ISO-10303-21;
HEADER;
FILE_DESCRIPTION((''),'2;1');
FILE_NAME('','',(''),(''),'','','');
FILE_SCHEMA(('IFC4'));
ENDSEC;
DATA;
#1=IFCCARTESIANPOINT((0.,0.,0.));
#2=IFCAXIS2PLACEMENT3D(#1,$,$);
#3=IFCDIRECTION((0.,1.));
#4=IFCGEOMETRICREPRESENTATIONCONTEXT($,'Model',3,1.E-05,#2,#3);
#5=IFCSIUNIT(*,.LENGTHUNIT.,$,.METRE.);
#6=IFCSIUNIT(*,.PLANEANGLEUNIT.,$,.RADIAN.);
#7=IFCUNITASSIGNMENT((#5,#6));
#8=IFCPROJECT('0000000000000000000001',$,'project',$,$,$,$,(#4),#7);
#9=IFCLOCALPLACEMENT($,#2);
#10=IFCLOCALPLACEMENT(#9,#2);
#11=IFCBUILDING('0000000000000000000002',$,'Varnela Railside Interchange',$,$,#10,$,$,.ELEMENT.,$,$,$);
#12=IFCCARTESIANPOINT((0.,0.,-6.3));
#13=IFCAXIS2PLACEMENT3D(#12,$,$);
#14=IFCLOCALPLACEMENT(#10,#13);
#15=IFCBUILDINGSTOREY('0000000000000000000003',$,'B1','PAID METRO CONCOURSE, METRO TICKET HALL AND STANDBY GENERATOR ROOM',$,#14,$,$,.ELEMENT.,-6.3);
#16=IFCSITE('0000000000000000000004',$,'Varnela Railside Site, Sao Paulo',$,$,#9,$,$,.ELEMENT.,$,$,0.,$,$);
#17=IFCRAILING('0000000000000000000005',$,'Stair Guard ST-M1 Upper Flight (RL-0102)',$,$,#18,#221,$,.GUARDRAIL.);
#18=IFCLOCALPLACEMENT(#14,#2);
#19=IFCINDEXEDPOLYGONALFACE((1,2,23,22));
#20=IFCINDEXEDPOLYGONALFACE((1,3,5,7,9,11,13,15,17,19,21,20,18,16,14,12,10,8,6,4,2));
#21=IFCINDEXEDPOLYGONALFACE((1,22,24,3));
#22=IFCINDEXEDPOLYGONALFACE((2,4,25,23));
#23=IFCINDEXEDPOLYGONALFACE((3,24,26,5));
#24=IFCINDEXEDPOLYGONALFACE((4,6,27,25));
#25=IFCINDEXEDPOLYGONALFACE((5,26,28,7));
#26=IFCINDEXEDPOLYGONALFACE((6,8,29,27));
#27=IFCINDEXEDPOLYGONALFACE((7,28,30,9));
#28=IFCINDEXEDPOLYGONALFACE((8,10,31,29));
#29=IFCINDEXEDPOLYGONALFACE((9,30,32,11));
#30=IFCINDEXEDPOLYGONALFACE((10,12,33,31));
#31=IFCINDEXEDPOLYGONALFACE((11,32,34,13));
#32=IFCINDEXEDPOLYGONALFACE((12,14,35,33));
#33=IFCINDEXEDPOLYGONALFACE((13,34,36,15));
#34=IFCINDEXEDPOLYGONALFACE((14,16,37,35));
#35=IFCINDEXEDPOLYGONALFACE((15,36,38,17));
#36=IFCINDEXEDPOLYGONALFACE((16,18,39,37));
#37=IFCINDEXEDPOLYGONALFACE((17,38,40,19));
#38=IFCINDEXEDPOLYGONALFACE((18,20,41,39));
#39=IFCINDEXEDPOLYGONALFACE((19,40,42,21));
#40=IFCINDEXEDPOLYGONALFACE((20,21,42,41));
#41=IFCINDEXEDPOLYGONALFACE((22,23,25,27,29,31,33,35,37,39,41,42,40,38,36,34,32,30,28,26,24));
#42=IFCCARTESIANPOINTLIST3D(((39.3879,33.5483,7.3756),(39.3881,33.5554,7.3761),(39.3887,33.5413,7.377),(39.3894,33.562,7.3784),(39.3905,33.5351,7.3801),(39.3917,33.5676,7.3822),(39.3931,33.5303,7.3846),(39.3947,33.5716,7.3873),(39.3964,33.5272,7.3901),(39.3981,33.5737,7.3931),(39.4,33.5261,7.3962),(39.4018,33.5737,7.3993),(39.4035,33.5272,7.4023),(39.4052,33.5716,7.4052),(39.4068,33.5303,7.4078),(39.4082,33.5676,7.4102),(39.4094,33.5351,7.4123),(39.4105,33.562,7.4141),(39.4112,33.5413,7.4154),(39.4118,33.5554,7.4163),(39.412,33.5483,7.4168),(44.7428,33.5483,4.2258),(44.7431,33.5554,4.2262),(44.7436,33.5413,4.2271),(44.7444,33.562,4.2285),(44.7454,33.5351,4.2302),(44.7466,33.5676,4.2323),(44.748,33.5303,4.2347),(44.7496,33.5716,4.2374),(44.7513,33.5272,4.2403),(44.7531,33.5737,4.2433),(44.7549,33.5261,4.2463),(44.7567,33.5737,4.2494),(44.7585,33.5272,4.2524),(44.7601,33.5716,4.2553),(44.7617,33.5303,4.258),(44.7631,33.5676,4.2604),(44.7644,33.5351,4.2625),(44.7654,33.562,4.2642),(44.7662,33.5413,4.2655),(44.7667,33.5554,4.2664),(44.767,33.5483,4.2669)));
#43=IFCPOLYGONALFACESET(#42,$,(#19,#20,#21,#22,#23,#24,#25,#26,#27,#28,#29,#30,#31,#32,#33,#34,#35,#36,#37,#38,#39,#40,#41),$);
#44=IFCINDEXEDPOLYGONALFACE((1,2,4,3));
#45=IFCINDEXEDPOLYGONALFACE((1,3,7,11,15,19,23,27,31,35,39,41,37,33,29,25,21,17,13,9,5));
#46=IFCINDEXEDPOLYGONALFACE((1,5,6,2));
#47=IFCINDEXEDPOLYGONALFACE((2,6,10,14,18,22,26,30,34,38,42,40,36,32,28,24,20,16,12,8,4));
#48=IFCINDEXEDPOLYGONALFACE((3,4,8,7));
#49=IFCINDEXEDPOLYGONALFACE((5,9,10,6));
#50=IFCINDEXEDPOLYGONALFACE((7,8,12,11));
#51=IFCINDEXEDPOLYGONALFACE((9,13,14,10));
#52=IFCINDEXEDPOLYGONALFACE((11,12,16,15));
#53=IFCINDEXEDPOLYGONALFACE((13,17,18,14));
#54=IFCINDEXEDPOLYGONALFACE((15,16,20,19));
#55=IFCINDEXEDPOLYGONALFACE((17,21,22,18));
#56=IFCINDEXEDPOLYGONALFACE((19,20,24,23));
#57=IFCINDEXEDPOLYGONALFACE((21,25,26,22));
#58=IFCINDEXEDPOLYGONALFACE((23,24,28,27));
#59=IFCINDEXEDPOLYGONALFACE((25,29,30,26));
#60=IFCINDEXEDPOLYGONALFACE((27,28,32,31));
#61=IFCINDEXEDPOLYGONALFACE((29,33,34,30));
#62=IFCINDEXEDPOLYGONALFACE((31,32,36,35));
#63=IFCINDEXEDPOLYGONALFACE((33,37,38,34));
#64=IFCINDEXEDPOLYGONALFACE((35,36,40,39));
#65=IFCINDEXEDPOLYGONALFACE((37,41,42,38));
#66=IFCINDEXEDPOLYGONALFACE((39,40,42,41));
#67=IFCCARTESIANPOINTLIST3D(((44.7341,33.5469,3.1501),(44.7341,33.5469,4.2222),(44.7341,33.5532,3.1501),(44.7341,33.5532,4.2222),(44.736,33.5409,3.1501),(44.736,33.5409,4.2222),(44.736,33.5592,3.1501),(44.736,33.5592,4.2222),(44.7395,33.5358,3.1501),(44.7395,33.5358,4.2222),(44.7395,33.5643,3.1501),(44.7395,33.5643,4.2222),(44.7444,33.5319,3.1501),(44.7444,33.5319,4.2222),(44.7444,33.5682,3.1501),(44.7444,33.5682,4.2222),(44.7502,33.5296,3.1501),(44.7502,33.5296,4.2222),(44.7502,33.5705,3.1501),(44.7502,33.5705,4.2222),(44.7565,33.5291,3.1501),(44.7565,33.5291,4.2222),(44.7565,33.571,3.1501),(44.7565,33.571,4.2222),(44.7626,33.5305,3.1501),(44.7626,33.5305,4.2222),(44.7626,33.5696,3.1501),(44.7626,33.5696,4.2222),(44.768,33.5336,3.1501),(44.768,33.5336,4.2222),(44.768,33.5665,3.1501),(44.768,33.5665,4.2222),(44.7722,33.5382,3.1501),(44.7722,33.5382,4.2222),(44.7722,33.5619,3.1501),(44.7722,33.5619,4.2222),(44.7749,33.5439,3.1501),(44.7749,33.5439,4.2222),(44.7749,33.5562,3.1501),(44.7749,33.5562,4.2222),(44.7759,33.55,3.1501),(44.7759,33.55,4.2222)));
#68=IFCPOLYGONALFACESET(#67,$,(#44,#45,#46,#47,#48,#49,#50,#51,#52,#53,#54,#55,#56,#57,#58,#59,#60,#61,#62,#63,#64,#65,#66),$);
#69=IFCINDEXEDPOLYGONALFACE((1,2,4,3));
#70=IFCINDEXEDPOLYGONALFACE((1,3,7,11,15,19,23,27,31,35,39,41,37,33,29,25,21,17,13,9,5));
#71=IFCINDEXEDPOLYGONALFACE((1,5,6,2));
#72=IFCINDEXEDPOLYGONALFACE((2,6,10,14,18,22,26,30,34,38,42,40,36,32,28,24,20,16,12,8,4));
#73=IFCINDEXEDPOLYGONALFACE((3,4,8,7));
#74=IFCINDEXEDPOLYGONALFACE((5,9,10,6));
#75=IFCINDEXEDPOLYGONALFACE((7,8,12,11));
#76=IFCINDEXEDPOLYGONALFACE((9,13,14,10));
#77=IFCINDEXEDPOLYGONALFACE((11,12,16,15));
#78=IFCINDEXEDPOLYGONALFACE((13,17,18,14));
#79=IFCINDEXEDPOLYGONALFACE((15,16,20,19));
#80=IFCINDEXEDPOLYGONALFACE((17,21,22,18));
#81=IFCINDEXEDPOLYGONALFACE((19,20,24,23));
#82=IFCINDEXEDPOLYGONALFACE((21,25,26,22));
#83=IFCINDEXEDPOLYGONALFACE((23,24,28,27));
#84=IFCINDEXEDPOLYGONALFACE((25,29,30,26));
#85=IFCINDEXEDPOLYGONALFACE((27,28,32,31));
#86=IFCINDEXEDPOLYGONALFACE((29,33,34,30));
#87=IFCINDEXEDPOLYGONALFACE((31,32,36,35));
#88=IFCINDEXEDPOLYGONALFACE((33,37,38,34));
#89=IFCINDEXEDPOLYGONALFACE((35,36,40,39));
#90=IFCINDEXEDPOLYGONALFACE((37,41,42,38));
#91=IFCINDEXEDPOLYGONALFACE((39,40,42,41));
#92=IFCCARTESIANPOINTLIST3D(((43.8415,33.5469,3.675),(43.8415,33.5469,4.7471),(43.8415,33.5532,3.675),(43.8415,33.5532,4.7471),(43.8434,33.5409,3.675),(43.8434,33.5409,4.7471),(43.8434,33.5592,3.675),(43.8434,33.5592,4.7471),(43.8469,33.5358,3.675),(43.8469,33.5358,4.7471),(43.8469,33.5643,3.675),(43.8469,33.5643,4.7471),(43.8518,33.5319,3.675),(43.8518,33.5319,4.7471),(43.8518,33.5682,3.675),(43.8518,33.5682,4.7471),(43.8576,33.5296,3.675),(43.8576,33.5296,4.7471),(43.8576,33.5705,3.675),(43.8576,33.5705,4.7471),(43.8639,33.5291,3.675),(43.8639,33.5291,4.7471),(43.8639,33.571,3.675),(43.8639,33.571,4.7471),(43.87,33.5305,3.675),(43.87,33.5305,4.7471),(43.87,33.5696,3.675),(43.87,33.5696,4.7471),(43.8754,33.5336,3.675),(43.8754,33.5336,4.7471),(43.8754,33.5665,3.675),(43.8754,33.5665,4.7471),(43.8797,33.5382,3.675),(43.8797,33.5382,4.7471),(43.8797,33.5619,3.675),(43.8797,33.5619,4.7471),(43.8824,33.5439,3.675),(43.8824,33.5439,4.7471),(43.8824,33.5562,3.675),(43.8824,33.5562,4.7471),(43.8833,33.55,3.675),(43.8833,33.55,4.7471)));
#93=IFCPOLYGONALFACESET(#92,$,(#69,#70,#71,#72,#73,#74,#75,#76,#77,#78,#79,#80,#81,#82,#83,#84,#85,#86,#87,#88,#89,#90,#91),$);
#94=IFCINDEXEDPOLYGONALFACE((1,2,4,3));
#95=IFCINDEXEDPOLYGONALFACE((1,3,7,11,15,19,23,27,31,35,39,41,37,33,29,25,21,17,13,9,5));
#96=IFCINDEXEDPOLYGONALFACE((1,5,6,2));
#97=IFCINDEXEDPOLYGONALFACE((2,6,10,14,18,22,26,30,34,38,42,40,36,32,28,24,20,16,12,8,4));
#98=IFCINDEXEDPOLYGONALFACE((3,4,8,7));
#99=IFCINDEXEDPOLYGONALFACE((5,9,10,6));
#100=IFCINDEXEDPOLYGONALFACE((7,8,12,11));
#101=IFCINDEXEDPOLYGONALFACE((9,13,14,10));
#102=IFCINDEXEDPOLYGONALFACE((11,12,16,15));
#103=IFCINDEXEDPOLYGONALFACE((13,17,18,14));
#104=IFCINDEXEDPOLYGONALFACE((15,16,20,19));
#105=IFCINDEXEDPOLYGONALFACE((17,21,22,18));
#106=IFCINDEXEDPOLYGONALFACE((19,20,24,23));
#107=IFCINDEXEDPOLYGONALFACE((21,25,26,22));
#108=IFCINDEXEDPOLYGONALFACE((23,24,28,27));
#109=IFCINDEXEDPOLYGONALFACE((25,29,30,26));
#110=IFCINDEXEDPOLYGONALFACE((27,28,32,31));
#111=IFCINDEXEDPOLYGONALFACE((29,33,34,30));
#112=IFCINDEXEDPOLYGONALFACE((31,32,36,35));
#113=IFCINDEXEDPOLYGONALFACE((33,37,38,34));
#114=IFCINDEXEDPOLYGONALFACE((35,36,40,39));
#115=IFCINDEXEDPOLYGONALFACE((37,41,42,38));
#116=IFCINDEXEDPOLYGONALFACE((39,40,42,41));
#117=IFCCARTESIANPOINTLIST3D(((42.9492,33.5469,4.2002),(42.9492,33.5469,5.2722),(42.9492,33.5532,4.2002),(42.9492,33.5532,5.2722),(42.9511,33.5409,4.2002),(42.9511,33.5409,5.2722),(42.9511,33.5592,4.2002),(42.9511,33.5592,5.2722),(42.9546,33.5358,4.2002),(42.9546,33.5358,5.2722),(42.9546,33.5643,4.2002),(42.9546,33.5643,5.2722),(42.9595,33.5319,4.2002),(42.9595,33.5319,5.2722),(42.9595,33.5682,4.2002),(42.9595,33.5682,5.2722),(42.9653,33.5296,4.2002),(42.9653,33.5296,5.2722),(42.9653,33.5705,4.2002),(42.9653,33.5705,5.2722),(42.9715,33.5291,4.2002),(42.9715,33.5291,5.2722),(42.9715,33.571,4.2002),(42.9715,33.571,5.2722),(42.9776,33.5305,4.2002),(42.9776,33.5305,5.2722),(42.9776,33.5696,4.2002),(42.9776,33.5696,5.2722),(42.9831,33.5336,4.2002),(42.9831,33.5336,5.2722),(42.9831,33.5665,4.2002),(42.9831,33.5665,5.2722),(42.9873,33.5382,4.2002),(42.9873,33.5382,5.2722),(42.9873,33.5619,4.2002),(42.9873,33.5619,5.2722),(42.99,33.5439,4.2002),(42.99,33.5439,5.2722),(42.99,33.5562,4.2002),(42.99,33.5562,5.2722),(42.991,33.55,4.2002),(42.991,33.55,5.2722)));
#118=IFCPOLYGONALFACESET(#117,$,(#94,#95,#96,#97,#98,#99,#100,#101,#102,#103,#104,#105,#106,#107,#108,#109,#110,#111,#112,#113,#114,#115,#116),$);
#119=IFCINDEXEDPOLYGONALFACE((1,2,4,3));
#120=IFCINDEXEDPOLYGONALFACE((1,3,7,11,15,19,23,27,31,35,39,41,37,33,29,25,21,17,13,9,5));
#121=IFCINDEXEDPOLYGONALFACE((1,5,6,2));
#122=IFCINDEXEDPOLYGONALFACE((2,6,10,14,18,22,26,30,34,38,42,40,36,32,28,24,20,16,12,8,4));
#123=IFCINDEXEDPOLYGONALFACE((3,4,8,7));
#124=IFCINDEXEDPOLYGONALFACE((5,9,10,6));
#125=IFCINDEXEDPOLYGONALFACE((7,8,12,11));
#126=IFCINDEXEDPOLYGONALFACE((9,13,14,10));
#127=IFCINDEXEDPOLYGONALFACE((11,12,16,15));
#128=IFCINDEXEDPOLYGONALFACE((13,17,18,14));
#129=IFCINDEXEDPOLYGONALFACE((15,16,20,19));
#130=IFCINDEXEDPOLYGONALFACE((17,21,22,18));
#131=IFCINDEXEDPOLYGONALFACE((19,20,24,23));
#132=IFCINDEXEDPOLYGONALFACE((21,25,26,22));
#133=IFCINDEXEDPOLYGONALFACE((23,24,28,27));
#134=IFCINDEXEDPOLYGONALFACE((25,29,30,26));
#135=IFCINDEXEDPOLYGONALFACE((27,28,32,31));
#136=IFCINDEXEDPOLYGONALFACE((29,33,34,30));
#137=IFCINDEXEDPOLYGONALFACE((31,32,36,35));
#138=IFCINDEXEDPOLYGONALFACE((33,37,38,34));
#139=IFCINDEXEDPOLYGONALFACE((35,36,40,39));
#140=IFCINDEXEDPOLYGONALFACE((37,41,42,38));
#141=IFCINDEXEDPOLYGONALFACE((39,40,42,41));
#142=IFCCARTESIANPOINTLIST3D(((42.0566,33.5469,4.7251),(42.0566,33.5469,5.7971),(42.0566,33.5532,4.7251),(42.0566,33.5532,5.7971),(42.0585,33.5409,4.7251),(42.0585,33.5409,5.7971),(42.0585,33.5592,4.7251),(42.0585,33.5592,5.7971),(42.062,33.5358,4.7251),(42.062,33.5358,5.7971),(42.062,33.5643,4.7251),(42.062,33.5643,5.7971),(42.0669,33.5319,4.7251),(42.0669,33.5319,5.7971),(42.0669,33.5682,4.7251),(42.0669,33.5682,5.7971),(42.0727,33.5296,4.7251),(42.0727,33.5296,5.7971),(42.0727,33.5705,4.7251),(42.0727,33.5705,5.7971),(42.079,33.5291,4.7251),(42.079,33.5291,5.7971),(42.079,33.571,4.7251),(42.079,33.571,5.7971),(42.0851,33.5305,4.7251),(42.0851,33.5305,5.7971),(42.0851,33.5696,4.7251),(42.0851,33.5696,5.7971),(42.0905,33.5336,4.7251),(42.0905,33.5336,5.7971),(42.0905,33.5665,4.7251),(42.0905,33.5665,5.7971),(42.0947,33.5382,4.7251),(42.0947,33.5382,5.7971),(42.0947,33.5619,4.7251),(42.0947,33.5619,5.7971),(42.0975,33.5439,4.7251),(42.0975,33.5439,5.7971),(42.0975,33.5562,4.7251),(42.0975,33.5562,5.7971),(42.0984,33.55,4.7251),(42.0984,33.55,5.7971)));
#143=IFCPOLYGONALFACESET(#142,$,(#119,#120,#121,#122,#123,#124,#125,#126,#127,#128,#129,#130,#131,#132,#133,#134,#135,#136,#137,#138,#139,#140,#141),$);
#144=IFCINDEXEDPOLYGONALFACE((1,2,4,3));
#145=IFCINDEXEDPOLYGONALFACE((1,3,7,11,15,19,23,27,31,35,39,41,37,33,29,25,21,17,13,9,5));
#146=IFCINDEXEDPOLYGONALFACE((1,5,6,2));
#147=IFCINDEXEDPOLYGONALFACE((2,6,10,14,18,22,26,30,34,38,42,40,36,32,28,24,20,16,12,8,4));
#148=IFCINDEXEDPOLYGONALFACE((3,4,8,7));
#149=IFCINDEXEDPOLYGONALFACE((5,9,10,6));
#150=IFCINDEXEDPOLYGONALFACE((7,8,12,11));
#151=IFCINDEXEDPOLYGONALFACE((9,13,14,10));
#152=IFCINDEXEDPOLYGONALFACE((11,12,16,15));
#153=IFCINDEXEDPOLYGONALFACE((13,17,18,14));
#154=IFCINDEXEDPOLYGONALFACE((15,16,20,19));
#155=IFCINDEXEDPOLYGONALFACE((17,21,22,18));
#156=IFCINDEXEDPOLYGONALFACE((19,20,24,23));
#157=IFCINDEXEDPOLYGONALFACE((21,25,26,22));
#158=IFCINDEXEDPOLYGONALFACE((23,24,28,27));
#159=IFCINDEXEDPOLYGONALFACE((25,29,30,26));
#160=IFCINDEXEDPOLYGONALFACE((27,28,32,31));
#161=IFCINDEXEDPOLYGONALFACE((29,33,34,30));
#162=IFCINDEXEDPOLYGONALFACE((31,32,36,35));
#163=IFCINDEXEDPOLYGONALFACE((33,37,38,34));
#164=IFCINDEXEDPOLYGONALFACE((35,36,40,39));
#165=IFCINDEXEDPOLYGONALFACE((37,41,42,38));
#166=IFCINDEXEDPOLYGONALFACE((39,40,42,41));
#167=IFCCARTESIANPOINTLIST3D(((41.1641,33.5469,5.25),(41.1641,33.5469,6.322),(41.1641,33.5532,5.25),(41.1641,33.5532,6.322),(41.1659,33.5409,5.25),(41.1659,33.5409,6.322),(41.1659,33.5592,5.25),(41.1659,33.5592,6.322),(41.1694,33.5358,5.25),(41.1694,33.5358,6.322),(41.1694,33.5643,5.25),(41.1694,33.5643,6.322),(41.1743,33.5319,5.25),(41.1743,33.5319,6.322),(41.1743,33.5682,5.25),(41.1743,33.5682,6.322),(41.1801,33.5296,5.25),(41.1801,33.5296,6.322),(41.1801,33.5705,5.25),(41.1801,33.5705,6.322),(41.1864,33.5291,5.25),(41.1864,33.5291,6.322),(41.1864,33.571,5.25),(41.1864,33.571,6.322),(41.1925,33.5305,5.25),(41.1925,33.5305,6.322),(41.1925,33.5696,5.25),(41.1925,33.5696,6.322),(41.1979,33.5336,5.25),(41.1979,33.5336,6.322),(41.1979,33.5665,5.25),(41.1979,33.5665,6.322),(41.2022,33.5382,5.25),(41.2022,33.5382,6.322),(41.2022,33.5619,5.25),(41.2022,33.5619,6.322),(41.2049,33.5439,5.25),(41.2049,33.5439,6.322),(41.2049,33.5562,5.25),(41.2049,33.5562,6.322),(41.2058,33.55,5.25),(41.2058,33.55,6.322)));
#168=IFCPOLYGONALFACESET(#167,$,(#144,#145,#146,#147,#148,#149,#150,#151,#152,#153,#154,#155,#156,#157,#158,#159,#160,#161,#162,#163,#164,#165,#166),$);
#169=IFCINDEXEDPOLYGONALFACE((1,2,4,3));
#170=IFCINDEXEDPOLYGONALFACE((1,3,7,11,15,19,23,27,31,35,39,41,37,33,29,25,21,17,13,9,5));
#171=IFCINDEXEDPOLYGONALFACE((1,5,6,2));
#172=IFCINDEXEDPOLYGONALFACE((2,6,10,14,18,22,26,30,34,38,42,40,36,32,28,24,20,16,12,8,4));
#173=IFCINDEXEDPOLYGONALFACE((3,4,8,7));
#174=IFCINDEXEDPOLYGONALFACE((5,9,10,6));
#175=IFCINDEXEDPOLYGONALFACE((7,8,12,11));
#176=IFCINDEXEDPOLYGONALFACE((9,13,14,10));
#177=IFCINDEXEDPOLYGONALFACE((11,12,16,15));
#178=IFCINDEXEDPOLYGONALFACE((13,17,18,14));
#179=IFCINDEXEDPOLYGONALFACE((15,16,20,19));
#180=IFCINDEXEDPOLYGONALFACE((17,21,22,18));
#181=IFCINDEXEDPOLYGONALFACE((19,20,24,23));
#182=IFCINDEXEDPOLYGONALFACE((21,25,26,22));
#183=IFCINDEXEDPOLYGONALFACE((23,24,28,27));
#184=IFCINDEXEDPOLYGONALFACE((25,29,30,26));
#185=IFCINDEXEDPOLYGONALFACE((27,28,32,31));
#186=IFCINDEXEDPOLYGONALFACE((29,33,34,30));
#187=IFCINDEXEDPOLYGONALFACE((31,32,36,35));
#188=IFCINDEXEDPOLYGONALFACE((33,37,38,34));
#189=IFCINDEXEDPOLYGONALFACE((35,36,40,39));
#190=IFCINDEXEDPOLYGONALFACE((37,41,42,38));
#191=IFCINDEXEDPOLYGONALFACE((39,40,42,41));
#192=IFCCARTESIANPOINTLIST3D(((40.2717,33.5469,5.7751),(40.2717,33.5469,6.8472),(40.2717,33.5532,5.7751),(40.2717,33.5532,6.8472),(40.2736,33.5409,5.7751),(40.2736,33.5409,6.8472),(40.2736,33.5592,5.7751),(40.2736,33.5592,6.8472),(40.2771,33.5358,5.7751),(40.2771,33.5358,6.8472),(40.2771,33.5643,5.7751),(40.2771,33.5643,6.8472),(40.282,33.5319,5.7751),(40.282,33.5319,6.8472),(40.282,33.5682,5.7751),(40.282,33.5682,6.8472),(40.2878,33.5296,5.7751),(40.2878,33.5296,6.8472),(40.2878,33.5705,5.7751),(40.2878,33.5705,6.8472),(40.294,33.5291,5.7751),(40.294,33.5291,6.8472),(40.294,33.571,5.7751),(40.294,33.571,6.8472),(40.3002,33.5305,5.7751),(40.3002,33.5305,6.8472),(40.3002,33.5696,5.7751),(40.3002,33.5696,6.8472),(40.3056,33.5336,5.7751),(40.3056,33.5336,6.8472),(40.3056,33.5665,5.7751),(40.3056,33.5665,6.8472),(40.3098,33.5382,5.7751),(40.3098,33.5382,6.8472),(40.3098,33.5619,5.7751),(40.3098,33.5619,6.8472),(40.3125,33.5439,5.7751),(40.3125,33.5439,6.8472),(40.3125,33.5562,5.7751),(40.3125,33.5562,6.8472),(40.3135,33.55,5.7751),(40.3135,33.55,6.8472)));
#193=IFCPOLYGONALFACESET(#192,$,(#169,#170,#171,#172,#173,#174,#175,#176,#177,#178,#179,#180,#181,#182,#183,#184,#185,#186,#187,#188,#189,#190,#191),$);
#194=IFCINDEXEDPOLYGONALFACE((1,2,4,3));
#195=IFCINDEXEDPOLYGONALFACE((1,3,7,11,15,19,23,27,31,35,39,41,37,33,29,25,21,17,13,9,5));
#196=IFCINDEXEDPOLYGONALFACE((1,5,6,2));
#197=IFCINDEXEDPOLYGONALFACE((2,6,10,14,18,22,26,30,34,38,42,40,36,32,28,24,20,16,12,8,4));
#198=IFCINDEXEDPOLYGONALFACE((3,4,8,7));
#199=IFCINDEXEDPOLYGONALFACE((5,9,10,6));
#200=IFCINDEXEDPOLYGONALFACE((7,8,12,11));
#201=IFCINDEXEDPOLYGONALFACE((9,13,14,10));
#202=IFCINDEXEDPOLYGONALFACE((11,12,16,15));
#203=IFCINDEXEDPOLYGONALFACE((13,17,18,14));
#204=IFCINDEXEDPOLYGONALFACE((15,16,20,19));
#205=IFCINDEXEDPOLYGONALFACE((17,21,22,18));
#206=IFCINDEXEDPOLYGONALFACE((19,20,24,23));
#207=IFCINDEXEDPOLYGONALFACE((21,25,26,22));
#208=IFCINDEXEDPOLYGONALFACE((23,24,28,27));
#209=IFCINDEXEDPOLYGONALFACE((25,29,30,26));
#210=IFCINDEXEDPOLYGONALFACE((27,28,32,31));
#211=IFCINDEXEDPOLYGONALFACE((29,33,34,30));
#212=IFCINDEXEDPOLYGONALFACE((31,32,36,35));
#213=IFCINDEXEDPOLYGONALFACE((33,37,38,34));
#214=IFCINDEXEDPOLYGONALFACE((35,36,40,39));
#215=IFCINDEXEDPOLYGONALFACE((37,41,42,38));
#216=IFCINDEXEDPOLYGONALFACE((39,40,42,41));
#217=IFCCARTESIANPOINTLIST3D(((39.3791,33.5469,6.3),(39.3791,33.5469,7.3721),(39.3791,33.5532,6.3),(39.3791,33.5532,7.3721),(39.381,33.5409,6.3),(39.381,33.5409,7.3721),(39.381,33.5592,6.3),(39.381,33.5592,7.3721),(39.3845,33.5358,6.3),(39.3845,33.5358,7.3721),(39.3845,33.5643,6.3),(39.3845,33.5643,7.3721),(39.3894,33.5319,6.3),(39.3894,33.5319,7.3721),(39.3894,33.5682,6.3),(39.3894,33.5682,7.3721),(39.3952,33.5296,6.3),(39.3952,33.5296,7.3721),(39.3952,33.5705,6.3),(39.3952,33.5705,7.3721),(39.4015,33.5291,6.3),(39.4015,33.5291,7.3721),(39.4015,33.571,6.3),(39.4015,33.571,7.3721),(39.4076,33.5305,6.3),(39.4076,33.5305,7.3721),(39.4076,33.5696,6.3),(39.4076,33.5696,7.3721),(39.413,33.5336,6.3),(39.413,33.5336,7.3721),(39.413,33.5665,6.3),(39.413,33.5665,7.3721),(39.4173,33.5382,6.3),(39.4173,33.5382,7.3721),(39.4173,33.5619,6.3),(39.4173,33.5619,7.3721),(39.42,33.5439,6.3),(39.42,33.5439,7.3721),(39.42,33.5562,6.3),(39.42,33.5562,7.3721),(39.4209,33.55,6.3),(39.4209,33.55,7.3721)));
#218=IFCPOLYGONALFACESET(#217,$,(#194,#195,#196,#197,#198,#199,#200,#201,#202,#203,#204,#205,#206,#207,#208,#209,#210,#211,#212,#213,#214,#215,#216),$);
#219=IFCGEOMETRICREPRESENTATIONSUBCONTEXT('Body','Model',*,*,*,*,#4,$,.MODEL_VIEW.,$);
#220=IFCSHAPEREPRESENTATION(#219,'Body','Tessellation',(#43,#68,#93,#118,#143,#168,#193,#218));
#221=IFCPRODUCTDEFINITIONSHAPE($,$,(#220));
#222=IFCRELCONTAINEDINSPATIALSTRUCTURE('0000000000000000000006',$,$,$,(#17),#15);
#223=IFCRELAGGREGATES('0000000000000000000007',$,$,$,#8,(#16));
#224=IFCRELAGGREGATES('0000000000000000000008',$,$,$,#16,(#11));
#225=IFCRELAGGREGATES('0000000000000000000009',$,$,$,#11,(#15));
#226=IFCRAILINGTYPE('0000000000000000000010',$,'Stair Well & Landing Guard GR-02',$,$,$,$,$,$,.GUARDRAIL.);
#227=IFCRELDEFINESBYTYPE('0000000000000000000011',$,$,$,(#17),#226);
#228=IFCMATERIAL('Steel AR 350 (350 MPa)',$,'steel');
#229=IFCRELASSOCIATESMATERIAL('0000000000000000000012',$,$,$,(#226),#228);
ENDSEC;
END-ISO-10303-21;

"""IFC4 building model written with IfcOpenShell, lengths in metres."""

from ifc_helpers import new_model, si_unit, direction, frame, origin, origin_2d, place, context, subcontext, project, spatial, circle, extrude, material, type_object, element, save


model = new_model("IFC4")

# Units and contexts
model_context = context("Model", 3, precision=1e-05, world=origin(), true_north=direction((0.0, 1.0)))
body_context = subcontext(model_context, "Body", "Model", "MODEL_VIEW")
ifc_project = project(units=[si_unit("LENGTHUNIT", "METRE"), si_unit("PLANEANGLEUNIT", "RADIAN")], contexts=[model_context])

# Site, building, storey
site_placement = place(None, origin())
site = spatial("IfcSite", under=ifc_project, at=site_placement, Name="Varnela Railside Site, Sao Paulo", CompositionType="ELEMENT", RefElevation=0.0)
building_placement = place(site_placement, origin())
building = spatial("IfcBuilding", under=site, at=building_placement, Name="Varnela Railside Interchange", CompositionType="ELEMENT")
storey_placement = place(building_placement, frame((0.0, 0.0, -6.3)))
storey = spatial("IfcBuildingStorey", under=building, at=storey_placement, Name="B1", Description="PAID METRO CONCOURSE, METRO TICKET HALL AND STANDBY GENERATOR ROOM", CompositionType="ELEMENT", Elevation=-6.3)

# Shared definitions
ifc_material_1 = material(Name="Steel AR 350 (350 MPa)", Category="steel")

# Railing
railing_type_1 = type_object("IfcRailingType", Name="Stair Well & Landing Guard GR-02", PredefinedType="GUARDRAIL", material=ifc_material_1)
railing_1_placement = place(storey_placement, frame((44.7549, 33.55, 3.1501)))
element("IfcRailing", 1, at=railing_1_placement, inside=storey, type_object=railing_type_1, Name="Stair Guard ST-M1 Upper Flight (RL-0102)", PredefinedType="GUARDRAIL", context=body_context, shape_type="SweptSolid", body=[
    extrude(circle(Radius=0.0239, at=origin_2d()), frame((0.0, 0.0, 1.0962), z_axis=(-0.86194, 0.0, 0.50701), x_axis=(0.0, -1.0, 0.0)), (0.0, 0.0, 1.0), 6.2126),
    extrude(circle(Radius=0.021, at=origin_2d()), origin(), (0.0, 0.0, 1.0), 1.072),
    extrude(circle(Radius=0.021, at=origin_2d()), frame((-0.8926, 0.0, 0.5249)), (0.0, 0.0, 1.0), 1.072),
    extrude(circle(Radius=0.021, at=origin_2d()), frame((-1.7849, 0.0, 1.05)), (0.0, 0.0, 1.0), 1.072),
    extrude(circle(Radius=0.021, at=origin_2d()), frame((-2.6775, 0.0, 1.575)), (0.0, 0.0, 1.0), 1.072),
    extrude(circle(Radius=0.021, at=origin_2d()), frame((-3.5701, 0.0, 2.0999)), (0.0, 0.0, 1.0), 1.072),
    extrude(circle(Radius=0.021, at=origin_2d()), frame((-4.4624, 0.0, 2.625)), (0.0, 0.0, 1.0), 1.072),
    extrude(circle(Radius=0.021, at=origin_2d()), frame((-5.355, 0.0, 3.1499)), (0.0, 0.0, 1.0), 1.072),
])

save(model, "model.ifc")
